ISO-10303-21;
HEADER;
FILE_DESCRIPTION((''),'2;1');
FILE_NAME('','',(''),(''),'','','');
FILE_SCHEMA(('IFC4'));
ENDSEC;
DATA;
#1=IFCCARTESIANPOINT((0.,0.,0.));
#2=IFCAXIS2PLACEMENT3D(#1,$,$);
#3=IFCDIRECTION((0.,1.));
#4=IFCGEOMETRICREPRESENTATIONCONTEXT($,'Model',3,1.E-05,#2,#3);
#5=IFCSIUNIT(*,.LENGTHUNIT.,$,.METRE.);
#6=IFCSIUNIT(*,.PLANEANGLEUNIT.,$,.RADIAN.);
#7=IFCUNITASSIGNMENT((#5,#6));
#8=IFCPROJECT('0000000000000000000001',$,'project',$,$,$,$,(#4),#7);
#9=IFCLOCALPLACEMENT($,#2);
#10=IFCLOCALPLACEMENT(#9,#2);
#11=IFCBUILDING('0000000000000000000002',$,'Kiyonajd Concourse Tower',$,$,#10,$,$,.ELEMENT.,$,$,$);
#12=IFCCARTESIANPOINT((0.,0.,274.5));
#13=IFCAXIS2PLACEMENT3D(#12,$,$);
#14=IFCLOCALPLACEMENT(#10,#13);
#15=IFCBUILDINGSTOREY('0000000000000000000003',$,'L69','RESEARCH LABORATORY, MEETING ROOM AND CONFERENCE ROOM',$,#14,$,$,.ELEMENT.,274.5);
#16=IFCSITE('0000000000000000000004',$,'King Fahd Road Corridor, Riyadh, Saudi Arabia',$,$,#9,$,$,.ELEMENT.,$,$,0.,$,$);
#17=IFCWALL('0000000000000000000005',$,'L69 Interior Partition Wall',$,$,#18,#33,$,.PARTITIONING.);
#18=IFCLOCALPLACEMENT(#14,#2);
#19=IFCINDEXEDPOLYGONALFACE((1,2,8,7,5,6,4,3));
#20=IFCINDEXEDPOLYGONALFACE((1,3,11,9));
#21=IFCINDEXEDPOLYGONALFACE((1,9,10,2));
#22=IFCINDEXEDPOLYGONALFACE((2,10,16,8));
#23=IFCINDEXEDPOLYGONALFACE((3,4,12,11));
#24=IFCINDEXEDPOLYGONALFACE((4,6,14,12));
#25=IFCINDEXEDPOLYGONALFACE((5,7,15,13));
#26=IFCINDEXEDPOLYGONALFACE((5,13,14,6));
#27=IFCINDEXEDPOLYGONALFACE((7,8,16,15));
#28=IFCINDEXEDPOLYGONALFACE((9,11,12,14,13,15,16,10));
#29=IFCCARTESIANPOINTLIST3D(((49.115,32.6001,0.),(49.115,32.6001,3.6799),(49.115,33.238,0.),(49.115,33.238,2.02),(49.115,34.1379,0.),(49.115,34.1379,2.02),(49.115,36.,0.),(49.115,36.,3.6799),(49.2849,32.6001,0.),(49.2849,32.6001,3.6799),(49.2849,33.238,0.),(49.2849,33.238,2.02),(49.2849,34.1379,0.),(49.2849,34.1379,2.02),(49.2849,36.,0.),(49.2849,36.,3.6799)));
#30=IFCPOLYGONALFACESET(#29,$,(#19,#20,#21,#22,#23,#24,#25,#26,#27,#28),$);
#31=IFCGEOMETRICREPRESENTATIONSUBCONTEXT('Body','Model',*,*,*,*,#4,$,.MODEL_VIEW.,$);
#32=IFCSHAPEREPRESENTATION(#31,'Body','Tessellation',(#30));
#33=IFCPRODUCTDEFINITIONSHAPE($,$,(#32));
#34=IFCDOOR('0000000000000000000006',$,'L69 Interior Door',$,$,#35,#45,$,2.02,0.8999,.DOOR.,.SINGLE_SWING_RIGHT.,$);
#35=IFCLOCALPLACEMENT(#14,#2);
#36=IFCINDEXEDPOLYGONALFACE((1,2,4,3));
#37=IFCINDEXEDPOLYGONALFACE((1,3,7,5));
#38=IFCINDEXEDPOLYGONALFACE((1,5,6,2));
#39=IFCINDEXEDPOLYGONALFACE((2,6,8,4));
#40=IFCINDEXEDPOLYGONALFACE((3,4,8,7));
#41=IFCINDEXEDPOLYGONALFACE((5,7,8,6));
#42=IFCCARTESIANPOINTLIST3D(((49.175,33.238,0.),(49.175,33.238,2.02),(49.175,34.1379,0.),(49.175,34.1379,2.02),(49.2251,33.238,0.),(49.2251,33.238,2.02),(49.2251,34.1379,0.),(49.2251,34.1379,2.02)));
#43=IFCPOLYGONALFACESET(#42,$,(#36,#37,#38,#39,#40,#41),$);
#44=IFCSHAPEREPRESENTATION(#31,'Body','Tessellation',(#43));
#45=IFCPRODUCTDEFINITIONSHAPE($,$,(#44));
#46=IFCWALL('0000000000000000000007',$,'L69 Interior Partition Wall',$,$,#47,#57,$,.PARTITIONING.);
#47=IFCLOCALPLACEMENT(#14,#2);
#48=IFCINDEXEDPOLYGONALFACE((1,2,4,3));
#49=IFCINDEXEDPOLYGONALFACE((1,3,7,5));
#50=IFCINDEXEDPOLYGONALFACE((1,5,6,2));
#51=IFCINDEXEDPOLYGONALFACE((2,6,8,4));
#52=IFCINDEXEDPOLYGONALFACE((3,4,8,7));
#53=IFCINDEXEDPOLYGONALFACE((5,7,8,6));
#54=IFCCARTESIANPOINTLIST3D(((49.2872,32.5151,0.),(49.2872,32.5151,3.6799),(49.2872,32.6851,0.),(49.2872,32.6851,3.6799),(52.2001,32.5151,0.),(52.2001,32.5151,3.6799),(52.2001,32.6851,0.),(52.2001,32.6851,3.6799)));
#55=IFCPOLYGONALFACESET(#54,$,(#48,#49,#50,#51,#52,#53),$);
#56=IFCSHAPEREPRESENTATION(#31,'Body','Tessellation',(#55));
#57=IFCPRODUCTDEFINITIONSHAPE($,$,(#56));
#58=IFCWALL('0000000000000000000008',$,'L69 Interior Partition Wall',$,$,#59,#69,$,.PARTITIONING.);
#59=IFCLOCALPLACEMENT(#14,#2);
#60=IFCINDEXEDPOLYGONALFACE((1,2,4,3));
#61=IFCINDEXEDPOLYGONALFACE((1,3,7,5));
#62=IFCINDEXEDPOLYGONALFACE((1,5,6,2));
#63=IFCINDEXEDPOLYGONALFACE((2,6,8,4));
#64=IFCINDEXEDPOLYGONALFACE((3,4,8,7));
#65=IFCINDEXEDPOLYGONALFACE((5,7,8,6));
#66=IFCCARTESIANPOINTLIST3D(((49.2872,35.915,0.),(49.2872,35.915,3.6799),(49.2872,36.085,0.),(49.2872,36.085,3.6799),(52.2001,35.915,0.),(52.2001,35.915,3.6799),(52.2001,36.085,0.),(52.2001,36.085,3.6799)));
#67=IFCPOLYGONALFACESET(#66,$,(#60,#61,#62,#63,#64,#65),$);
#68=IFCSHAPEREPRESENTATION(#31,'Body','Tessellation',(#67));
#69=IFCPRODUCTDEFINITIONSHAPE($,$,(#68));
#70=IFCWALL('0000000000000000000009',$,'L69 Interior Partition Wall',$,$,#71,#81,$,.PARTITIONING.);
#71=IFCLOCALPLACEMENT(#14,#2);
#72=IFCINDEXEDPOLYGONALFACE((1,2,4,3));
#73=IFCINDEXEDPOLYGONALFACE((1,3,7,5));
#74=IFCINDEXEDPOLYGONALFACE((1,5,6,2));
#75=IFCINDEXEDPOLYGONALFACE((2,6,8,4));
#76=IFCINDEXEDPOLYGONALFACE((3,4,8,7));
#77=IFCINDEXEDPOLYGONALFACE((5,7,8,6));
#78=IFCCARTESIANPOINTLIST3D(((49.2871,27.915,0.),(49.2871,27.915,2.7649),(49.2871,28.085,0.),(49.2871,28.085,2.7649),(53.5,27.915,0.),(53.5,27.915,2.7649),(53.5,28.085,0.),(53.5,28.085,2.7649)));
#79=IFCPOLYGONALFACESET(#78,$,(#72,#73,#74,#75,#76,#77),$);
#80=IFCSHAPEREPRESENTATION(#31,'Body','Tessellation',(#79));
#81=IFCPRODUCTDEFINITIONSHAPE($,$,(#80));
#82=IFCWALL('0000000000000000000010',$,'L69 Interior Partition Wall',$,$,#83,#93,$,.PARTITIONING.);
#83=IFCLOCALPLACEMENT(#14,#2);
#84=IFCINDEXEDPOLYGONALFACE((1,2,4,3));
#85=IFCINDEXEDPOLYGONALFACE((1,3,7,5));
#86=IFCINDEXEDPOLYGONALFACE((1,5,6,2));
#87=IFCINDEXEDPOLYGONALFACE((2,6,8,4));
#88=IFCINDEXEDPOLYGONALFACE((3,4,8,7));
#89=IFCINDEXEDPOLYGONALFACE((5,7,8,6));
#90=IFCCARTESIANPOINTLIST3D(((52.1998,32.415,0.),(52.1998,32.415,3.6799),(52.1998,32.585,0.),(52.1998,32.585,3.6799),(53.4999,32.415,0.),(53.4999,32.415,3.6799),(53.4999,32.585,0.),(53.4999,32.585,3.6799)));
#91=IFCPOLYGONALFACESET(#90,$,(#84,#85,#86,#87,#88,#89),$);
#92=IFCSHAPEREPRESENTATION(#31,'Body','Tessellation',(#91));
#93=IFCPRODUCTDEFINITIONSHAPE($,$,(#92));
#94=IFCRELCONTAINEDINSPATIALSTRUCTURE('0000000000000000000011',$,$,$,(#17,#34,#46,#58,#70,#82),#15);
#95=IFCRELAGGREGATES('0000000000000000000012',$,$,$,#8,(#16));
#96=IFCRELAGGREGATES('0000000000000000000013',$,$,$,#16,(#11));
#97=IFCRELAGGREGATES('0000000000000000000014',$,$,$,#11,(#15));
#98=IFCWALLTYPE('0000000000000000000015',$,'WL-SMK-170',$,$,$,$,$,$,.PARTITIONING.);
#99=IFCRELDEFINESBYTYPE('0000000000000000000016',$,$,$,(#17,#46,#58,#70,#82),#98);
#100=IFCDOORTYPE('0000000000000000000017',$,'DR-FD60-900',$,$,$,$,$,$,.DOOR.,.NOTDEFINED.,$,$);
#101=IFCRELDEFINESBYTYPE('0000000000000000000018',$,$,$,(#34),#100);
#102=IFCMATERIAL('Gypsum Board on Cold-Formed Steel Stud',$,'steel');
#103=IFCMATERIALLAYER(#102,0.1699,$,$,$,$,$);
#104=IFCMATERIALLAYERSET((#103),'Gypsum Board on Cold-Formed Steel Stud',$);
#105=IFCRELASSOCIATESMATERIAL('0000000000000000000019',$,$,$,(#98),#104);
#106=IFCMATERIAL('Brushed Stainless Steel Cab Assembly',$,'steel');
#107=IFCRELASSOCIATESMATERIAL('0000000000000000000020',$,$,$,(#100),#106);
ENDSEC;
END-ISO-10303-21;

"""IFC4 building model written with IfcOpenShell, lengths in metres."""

from ifc_helpers import new_model, si_unit, direction, frame, frame_2d, origin, place, context, subcontext, project, spatial, rectangle, extrude, material, layer, layer_set, type_object, element, fill, save


model = new_model("IFC4")

# Units and contexts
model_context = context("Model", 3, precision=1e-05, world=origin(), true_north=direction((0.0, 1.0)))
body_context = subcontext(model_context, "Body", "Model", "MODEL_VIEW")
ifc_project = project(units=[si_unit("LENGTHUNIT", "METRE"), si_unit("PLANEANGLEUNIT", "RADIAN")], contexts=[model_context])

# Site, building, storey
site_placement = place(None, origin())
site = spatial("IfcSite", under=ifc_project, at=site_placement, Name="King Fahd Road Corridor, Riyadh, Saudi Arabia", CompositionType="ELEMENT", RefElevation=0.0)
building_placement = place(site_placement, origin())
building = spatial("IfcBuilding", under=site, at=building_placement, Name="Kiyonajd Concourse Tower", CompositionType="ELEMENT")
storey_placement = place(building_placement, frame((0.0, 0.0, 274.5)))
storey = spatial("IfcBuildingStorey", under=building, at=storey_placement, Name="L69", Description="RESEARCH LABORATORY, MEETING ROOM AND CONFERENCE ROOM", CompositionType="ELEMENT", Elevation=274.5)

# Shared definitions
ifc_material_1 = material(Name="Gypsum Board on Cold-Formed Steel Stud", Category="steel")

# Shared definitions
ifc_material_2 = material(Name="Brushed Stainless Steel Cab Assembly", Category="steel")

# Shared definitions
ifc_layer_1 = layer(ifc_material_1, 0.1699)
ifc_layer_set_1 = layer_set([ifc_layer_1], Name="Gypsum Board on Cold-Formed Steel Stud")
wall_type_1 = type_object("IfcWallType", Name="WL-SMK-170", PredefinedType="PARTITIONING", material=ifc_layer_set_1)

# Wall, opening, door
wall_1_placement = place(storey_placement, frame((49.2, 32.6001, 0.0), z_axis=(0.0, 0.0, 1.0), x_axis=(0.0, 1.0, 0.0)))
wall_1 = element("IfcWall", 1, at=wall_1_placement, inside=storey, type_object=wall_type_1, Name="L69 Interior Partition Wall", PredefinedType="PARTITIONING", context=body_context, shape_type="SweptSolid", body=[
    extrude(rectangle(XDim=3.3999, YDim=0.1699, at=frame_2d((1.7, 0.0))), origin(), (0.0, 0.0, 1.0), 3.6799),
])
opening_1_placement = place(wall_1_placement, frame((0.6379, 0.0, 0.0)))
opening_1 = element("IfcOpeningElement", 2, at=opening_1_placement, cuts=wall_1, PredefinedType="OPENING", context=body_context, shape_type="SweptSolid", body=[
    extrude(rectangle(XDim=0.8999, YDim=2.02, at=frame_2d((0.45, 1.01))), frame((0.0, 0.095, 0.0), z_axis=(0.0, -1.0, 0.0), x_axis=(1.0, 0.0, 0.0)), (0.0, 0.0, 1.0), 0.1899),
])
door_type_1 = type_object("IfcDoorType", Name="DR-FD60-900", OperationType="NOTDEFINED", PredefinedType="DOOR", material=ifc_material_2)
door_1_placement = place(opening_1_placement, origin())
door_1 = element("IfcDoor", 3, at=door_1_placement, inside=storey, type_object=door_type_1, Name="L69 Interior Door", OperationType="SINGLE_SWING_RIGHT", OverallHeight=2.02, OverallWidth=0.8999, PredefinedType="DOOR", context=body_context, shape_type="SweptSolid", body=[
    extrude(rectangle(XDim=0.8999, YDim=2.02, at=frame_2d((0.45, 1.01))), frame((0.0, 0.0249, 0.0), z_axis=(0.0, -1.0, 0.0), x_axis=(1.0, 0.0, 0.0)), (0.0, 0.0, 1.0), 0.05),
])
fill(opening_1, door_1)

# Walls
for number, where, z_axis, x_axis, name in (
    (4, (49.2871, 32.6001, 0.0), (0.0, 0.0, 1.0), (1.0, 0.0, 0.0), "L69 Interior Partition Wall"),
    (5, (49.2871, 36.0, 0.0), (0.0, 0.0, 1.0), (1.0, 0.0, 0.0), "L69 Interior Partition Wall"),
):
    element("IfcWall", number, at=place(storey_placement, frame(where, z_axis=z_axis, x_axis=x_axis)), inside=storey, type_object=wall_type_1, Name=name, PredefinedType="PARTITIONING", context=body_context, shape_type="SweptSolid", body=[
        extrude(rectangle(XDim=2.9128, YDim=0.1699, at=frame_2d((1.4565, 0.0))), origin(), (0.0, 0.0, 1.0), 3.6799),
    ])
wall_2_placement = place(storey_placement, frame((49.2871, 28.0, 0.0), z_axis=(0.0, 0.0, 1.0), x_axis=(1.0, 0.0, 0.0)))
element("IfcWall", 6, at=wall_2_placement, inside=storey, type_object=wall_type_1, Name="L69 Interior Partition Wall", PredefinedType="PARTITIONING", context=body_context, shape_type="SweptSolid", body=[
    extrude(rectangle(XDim=4.2129, YDim=0.1699, at=frame_2d((2.1064, 0.0))), origin(), (0.0, 0.0, 1.0), 2.7649),
])
wall_3_placement = place(storey_placement, frame((52.2, 32.5, 0.0), z_axis=(0.0, 0.0, 1.0), x_axis=(1.0, 0.0, 0.0)))
element("IfcWall", 7, at=wall_3_placement, inside=storey, type_object=wall_type_1, Name="L69 Interior Partition Wall", PredefinedType="PARTITIONING", context=body_context, shape_type="SweptSolid", body=[
    extrude(rectangle(XDim=1.3, YDim=0.1699, at=frame_2d((0.6499, 0.0))), origin(), (0.0, 0.0, 1.0), 3.6799),
])

save(model, "model.ifc")
